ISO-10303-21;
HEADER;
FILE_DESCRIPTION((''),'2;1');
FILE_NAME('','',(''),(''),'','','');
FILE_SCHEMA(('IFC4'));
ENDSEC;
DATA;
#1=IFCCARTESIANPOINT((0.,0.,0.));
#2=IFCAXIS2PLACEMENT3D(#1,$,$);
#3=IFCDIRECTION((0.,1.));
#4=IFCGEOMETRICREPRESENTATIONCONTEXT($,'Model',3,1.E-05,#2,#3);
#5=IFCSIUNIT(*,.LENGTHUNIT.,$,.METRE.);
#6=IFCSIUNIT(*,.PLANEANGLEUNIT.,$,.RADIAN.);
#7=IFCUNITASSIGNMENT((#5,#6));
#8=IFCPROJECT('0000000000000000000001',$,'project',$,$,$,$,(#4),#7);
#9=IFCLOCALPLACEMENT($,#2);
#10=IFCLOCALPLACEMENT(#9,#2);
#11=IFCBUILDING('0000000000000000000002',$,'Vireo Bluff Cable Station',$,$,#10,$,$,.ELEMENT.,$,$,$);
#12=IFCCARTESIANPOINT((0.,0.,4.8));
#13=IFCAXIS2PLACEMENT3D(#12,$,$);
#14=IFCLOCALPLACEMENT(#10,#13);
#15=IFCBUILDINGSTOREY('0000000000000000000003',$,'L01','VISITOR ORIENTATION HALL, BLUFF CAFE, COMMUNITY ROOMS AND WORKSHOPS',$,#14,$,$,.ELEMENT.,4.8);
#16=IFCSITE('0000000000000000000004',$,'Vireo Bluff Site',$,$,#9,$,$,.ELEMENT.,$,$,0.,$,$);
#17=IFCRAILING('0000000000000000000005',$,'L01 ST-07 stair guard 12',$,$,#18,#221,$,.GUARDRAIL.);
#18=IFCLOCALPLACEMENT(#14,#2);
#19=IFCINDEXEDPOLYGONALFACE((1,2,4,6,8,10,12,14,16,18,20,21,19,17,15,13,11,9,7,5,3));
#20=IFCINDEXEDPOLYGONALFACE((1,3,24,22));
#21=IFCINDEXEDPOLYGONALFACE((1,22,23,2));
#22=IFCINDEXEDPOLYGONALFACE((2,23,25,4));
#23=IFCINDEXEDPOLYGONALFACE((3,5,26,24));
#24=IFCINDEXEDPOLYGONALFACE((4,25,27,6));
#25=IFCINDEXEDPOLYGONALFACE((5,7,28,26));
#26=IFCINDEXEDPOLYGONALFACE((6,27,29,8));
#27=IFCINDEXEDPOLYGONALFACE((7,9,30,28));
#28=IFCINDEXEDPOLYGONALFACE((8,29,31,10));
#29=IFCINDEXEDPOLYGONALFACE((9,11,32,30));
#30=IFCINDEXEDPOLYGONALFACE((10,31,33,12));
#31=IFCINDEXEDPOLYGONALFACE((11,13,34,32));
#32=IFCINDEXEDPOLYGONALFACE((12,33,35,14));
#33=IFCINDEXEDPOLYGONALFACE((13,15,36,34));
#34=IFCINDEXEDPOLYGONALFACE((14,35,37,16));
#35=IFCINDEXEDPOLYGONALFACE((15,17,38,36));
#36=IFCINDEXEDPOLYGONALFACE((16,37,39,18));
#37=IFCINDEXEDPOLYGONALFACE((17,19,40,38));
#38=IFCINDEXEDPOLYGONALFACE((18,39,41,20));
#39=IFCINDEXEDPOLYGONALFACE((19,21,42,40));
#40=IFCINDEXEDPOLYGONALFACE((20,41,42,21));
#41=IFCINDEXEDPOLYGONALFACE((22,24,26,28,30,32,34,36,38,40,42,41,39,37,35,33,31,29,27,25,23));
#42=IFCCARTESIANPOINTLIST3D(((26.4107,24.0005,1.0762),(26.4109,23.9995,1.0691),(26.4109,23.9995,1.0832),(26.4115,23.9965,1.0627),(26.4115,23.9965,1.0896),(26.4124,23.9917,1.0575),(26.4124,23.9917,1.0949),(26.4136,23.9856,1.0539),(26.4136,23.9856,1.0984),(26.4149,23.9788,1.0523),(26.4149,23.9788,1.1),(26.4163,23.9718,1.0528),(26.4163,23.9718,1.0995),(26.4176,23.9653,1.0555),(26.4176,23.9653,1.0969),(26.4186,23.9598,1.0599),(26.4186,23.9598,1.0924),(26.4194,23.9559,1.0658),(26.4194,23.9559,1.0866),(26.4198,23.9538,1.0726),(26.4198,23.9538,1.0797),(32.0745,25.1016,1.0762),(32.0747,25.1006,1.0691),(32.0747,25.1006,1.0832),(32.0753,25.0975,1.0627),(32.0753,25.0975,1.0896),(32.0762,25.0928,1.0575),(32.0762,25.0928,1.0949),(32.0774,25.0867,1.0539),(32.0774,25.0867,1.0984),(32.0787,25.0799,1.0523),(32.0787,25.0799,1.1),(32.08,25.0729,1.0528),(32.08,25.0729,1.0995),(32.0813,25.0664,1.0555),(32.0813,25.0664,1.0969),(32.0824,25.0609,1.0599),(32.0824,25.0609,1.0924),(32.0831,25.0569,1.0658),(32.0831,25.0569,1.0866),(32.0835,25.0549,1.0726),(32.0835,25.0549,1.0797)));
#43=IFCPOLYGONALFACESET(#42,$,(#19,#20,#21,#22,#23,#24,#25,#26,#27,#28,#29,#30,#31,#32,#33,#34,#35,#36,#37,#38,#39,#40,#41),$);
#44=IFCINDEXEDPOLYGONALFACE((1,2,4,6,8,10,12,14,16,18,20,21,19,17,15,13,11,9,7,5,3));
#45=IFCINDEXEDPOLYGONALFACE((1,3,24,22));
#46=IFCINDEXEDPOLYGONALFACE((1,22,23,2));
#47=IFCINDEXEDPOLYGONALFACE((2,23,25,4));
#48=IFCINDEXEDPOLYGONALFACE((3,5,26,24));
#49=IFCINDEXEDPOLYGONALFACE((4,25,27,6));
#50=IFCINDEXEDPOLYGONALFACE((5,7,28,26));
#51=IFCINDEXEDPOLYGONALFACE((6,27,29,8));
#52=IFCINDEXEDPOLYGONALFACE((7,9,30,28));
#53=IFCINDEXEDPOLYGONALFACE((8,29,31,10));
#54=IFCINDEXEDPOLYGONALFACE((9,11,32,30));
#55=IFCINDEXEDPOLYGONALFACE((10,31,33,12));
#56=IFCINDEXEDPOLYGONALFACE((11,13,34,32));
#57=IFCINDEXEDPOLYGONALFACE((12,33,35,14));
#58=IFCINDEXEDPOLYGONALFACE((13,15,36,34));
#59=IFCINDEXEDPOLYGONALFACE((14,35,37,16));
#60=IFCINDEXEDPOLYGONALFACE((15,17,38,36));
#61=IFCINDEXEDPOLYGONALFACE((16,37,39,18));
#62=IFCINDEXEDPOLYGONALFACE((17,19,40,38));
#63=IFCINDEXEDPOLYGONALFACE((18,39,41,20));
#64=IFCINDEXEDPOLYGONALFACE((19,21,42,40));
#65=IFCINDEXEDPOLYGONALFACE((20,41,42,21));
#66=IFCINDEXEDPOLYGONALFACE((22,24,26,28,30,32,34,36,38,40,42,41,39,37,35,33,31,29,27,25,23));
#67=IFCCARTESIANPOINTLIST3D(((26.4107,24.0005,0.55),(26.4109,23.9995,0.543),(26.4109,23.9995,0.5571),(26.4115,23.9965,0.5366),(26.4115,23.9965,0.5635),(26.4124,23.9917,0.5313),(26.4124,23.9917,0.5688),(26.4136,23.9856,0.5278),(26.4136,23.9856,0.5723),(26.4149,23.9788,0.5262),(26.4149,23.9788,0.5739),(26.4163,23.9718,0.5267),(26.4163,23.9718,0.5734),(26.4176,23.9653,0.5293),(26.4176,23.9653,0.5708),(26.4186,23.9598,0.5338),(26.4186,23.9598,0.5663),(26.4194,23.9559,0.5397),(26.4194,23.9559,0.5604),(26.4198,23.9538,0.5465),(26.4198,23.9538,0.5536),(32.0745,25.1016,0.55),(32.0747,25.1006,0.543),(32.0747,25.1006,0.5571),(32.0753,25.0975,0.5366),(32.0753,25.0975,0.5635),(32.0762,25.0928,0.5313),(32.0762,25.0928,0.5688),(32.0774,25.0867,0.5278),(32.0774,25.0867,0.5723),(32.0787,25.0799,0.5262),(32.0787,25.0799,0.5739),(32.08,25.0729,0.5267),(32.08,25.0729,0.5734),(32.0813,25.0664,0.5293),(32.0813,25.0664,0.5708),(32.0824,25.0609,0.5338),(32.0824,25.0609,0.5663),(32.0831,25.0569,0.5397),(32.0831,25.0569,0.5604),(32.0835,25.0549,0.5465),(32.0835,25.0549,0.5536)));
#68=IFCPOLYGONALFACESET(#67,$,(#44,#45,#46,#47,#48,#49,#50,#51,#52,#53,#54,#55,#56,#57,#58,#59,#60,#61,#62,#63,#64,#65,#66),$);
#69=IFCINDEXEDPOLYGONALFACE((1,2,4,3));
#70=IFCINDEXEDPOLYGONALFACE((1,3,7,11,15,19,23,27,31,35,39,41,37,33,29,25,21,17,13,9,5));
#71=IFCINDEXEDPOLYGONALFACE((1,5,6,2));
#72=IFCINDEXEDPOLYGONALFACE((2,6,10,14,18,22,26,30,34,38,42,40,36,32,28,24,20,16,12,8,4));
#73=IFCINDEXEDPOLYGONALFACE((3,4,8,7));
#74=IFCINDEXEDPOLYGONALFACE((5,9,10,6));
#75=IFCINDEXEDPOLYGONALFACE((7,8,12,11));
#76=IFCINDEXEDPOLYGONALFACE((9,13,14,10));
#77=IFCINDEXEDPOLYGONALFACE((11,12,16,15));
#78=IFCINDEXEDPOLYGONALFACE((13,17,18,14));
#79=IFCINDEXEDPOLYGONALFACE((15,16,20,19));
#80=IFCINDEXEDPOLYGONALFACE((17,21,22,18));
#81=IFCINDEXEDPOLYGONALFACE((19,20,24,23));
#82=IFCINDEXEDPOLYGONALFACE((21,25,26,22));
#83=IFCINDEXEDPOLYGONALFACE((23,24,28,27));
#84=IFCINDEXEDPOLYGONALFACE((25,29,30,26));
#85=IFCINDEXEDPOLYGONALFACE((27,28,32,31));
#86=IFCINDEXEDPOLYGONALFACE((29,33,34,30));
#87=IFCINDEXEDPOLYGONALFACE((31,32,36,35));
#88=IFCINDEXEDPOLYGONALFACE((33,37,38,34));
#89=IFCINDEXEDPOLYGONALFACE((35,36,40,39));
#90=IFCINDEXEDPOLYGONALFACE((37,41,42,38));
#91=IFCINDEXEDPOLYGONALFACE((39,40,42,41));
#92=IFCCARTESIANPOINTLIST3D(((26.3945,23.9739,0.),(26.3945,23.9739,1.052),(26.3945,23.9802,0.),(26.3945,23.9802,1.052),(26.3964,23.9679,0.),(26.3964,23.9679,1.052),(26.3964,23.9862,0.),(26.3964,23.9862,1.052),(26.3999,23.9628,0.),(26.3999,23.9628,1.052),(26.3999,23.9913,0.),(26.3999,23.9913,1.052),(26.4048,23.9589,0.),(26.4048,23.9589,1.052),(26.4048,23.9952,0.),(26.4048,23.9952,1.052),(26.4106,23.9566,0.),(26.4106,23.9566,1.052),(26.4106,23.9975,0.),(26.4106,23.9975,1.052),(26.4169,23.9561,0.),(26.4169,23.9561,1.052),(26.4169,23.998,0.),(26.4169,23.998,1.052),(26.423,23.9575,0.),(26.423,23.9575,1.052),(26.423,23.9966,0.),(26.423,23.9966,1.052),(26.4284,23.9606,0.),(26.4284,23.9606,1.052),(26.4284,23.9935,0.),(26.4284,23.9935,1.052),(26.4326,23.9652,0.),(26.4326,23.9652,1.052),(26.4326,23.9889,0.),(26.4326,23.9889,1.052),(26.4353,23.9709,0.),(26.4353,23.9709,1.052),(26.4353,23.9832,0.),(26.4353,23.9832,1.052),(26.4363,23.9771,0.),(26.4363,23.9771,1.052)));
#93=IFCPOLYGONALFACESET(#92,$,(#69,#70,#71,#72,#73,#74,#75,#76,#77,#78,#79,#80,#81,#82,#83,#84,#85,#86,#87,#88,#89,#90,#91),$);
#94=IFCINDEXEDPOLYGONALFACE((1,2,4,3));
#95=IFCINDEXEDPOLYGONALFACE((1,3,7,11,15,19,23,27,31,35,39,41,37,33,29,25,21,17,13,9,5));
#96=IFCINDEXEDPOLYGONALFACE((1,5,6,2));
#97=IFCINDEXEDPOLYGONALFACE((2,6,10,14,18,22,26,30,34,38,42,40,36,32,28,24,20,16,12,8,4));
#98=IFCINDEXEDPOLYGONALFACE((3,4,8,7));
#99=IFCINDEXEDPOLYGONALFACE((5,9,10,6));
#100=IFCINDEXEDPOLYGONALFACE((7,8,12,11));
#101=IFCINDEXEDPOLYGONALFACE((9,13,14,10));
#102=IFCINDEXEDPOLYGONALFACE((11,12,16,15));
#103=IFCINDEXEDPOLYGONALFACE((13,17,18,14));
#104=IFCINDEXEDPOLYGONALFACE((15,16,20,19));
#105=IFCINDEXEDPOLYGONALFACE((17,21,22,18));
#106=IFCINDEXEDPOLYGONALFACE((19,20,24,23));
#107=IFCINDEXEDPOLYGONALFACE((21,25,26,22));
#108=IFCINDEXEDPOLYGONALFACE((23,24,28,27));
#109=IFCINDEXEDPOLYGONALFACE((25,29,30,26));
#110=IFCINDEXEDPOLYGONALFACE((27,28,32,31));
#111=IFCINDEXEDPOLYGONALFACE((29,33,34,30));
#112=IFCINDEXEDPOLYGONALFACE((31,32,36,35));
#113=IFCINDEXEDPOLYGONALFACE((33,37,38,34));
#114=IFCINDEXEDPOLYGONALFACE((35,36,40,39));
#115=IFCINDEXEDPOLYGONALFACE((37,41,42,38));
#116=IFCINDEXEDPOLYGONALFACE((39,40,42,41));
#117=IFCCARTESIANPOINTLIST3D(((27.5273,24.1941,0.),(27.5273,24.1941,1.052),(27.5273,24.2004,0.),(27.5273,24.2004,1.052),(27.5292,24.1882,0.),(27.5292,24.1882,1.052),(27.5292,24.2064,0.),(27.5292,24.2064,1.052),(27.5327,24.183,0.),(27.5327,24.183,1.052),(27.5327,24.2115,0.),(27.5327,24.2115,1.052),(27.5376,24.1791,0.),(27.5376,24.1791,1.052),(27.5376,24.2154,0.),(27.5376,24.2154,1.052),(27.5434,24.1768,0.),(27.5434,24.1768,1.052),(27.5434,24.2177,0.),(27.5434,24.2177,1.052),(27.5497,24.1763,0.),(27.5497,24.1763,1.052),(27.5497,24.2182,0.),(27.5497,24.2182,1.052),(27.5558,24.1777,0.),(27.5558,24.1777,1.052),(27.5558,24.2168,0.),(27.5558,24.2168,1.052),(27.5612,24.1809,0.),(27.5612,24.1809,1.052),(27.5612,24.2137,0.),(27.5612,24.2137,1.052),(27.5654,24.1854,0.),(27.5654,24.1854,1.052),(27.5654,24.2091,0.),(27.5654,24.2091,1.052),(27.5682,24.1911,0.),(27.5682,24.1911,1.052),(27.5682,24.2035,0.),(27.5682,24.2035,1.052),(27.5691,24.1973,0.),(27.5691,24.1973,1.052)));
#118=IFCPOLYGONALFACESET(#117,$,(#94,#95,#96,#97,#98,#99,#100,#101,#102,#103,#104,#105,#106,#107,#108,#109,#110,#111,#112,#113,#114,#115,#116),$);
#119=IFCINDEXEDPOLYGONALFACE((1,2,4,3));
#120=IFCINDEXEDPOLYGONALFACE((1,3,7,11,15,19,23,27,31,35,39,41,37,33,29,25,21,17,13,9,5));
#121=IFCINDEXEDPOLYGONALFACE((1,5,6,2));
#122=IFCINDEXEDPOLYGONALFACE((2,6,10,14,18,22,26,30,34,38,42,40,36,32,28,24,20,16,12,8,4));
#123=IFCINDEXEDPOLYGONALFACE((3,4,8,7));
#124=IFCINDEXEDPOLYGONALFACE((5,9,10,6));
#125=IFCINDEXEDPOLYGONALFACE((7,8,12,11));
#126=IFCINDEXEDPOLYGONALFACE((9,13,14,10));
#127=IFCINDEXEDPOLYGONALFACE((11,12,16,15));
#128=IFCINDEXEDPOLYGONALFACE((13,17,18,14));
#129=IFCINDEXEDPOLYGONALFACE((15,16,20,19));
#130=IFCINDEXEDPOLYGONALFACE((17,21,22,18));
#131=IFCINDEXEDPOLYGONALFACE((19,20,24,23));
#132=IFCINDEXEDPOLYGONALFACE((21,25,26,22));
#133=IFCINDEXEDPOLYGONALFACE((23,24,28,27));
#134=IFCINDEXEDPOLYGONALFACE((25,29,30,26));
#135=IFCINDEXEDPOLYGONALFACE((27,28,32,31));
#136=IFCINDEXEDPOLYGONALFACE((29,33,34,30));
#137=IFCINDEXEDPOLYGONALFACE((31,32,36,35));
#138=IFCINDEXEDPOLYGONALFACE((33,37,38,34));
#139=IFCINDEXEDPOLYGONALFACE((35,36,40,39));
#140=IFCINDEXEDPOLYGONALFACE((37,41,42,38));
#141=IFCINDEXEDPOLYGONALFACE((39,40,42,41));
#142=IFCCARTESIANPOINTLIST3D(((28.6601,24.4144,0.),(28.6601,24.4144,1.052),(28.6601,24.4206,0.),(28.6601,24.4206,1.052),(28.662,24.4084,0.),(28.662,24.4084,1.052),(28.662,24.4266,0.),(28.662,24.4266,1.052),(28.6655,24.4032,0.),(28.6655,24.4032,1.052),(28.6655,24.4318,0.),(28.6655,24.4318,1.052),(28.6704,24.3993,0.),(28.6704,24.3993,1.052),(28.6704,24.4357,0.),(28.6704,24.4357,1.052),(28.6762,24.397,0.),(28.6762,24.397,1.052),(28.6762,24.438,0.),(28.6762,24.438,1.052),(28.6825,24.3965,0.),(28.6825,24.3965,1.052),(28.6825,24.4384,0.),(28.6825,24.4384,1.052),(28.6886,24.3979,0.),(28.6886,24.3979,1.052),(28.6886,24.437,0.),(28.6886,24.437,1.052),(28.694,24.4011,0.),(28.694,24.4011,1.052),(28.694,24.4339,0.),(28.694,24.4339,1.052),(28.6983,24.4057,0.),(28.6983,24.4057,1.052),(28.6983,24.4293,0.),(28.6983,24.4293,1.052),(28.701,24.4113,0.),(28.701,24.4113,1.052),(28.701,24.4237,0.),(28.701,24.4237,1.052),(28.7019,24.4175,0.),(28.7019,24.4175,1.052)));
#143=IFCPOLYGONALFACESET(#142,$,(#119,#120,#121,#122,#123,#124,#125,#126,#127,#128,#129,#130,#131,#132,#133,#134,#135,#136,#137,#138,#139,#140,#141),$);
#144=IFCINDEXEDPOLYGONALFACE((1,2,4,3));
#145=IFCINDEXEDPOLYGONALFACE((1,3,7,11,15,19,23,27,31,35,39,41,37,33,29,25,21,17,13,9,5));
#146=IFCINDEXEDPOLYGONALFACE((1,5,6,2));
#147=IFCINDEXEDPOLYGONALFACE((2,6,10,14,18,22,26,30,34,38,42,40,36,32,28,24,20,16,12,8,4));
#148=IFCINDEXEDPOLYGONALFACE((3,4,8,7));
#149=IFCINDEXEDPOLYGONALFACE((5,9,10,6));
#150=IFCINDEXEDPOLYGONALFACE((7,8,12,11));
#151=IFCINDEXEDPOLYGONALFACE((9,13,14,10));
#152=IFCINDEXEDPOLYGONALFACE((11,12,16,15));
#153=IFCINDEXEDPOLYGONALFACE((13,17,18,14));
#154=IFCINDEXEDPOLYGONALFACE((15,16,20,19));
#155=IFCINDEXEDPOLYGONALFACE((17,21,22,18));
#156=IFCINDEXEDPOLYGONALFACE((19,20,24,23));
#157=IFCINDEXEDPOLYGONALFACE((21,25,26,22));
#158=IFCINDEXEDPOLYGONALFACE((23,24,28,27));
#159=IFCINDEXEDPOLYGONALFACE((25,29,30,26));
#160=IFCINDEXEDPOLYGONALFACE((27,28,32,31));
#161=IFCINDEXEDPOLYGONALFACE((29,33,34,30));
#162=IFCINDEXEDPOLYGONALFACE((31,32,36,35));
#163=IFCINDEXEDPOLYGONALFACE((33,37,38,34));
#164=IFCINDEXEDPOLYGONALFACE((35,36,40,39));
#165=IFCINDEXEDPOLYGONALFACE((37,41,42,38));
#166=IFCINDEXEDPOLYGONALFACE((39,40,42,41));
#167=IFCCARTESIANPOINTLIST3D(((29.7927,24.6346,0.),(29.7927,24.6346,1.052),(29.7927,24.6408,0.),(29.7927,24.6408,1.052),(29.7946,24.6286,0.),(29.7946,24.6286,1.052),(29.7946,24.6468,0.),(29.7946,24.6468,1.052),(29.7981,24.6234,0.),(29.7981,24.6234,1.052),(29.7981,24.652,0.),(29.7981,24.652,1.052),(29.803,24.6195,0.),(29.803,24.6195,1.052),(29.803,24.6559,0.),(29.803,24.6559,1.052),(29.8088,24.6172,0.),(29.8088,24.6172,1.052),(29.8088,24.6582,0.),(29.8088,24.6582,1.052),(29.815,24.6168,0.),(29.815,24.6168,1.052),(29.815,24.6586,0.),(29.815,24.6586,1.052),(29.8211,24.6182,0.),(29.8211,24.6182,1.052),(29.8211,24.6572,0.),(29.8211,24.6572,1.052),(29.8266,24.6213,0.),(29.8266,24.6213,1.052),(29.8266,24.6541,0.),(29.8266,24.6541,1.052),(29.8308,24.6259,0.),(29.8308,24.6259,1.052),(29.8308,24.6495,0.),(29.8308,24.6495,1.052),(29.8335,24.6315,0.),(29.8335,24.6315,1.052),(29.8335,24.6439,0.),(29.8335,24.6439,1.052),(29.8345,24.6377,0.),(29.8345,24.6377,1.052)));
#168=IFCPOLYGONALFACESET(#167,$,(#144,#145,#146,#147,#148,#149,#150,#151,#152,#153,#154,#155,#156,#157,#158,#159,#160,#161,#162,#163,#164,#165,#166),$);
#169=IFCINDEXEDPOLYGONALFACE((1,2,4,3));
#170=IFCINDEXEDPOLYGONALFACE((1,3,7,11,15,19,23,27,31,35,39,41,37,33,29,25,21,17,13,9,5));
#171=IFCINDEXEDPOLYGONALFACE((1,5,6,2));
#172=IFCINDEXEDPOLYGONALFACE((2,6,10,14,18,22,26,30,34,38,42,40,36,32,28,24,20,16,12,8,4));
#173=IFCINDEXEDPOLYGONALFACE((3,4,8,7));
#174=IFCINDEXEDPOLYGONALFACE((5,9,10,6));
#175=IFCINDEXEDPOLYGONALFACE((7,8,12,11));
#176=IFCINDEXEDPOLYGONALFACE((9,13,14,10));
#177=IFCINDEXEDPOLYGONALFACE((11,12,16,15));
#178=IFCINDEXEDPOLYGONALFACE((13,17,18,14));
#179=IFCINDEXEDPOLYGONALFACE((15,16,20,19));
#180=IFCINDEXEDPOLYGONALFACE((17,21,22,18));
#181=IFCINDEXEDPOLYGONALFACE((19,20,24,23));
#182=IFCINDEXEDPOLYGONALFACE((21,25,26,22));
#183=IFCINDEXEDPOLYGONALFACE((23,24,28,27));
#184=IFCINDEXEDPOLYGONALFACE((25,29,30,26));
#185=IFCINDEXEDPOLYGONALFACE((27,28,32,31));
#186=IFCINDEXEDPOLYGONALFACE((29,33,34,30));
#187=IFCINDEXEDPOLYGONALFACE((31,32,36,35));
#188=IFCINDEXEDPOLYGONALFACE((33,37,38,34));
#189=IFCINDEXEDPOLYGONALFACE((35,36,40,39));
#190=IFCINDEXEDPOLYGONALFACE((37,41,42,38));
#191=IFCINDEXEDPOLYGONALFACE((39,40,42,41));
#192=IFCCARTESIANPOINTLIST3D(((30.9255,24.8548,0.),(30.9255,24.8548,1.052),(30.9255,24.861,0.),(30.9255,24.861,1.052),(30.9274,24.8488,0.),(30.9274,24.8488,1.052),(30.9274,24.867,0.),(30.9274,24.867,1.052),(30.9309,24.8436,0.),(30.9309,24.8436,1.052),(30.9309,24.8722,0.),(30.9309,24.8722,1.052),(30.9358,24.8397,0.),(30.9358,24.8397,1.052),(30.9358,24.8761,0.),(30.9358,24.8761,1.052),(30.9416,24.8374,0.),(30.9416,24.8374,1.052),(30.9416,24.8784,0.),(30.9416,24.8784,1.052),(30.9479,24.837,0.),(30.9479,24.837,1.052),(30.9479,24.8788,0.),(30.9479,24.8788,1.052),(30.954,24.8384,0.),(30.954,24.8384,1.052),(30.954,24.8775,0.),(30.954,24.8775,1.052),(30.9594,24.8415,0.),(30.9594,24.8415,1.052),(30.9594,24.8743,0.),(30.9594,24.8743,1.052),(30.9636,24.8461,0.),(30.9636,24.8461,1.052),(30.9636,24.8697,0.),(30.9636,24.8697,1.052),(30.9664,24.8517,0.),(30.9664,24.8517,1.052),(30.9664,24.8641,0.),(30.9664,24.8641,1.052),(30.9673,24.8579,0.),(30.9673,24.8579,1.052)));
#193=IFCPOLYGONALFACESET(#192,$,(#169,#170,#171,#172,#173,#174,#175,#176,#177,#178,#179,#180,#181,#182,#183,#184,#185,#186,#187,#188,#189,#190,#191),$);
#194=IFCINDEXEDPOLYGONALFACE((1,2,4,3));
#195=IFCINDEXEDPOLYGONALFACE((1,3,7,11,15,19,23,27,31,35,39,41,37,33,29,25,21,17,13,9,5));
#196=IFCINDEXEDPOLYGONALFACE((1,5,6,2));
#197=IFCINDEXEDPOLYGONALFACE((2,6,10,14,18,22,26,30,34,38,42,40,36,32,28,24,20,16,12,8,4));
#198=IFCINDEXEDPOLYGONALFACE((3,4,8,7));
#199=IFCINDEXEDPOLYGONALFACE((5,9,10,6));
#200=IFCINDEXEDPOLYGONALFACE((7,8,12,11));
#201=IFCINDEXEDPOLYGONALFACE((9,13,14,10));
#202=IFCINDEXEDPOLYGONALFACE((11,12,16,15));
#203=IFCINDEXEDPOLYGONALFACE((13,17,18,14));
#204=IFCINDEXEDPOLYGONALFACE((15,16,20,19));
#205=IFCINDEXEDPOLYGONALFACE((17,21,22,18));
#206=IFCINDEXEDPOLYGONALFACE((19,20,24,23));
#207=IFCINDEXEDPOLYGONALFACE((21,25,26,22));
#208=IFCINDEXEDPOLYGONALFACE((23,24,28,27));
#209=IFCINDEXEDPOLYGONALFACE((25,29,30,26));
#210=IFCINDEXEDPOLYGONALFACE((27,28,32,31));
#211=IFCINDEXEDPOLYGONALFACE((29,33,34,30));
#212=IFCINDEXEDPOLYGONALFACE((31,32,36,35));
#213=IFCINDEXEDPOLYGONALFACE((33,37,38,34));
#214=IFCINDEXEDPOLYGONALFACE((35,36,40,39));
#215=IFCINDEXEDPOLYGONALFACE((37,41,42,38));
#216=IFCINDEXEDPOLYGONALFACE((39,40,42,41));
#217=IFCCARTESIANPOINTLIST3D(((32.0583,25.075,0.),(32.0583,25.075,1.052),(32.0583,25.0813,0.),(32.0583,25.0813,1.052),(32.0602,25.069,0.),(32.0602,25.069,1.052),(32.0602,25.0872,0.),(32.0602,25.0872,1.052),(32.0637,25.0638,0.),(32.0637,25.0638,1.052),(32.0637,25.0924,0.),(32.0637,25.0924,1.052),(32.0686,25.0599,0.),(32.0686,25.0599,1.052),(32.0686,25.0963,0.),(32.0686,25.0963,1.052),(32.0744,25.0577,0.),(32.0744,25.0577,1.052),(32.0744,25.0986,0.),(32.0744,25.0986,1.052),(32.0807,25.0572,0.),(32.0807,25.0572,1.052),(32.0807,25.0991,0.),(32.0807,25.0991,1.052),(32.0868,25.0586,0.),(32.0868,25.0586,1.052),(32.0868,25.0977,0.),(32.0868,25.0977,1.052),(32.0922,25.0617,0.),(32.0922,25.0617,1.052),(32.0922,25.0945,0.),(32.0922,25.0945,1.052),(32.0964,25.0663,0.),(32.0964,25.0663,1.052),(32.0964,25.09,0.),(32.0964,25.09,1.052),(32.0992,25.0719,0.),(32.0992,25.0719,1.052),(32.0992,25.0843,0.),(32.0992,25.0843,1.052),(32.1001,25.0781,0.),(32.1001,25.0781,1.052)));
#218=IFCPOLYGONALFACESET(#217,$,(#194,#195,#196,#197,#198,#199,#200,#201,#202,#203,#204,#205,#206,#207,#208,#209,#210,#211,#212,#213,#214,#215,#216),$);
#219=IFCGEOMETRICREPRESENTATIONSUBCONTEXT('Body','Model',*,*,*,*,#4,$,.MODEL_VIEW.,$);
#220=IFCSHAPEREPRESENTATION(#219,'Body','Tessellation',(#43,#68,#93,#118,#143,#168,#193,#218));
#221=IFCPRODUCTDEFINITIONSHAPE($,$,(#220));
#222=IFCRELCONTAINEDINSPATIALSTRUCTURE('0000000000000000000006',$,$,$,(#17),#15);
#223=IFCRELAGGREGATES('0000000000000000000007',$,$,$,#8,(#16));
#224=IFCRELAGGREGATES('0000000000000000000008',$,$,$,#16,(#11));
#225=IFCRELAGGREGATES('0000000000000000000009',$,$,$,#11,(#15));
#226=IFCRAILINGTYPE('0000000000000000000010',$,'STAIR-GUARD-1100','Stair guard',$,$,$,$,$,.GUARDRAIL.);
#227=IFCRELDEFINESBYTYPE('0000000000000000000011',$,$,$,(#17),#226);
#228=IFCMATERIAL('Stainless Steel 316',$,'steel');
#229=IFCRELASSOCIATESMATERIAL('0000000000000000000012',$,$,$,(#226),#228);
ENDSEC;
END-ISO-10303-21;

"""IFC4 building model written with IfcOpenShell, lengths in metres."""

from ifc_helpers import new_model, si_unit, direction, frame, origin, origin_2d, place, context, subcontext, project, spatial, circle, extrude, material, type_object, element, save


model = new_model("IFC4")

# Units and contexts
model_context = context("Model", 3, precision=1e-05, world=origin(), true_north=direction((0.0, 1.0)))
body_context = subcontext(model_context, "Body", "Model", "MODEL_VIEW")
ifc_project = project(units=[si_unit("LENGTHUNIT", "METRE"), si_unit("PLANEANGLEUNIT", "RADIAN")], contexts=[model_context])

# Site, building, storey
site_placement = place(None, origin())
site = spatial("IfcSite", under=ifc_project, at=site_placement, Name="Vireo Bluff Site", CompositionType="ELEMENT", RefElevation=0.0)
building_placement = place(site_placement, origin())
building = spatial("IfcBuilding", under=site, at=building_placement, Name="Vireo Bluff Cable Station", CompositionType="ELEMENT")
storey_placement = place(building_placement, frame((0.0, 0.0, 4.8)))
storey = spatial("IfcBuildingStorey", under=building, at=storey_placement, Name="L01", Description="VISITOR ORIENTATION HALL, BLUFF CAFE, COMMUNITY ROOMS AND WORKSHOPS", CompositionType="ELEMENT", Elevation=4.8)

# Railing
ifc_material_1 = material(Name="Stainless Steel 316", Category="steel")
railing_type_1 = type_object("IfcRailingType", Name="STAIR-GUARD-1100", Description="Stair guard", PredefinedType="GUARDRAIL", material=ifc_material_1)
railing_1_placement = place(storey_placement, frame((26.4153, 23.9771, 0.0)))
element("IfcRailing", 1, at=railing_1_placement, inside=storey, type_object=railing_type_1, Name="L01 ST-07 stair guard 12", PredefinedType="GUARDRAIL", context=body_context, shape_type="SweptSolid", body=[
    extrude(circle(Radius=0.0239, at=origin_2d()), frame((0.0, 0.0, 1.0762), z_axis=(0.981623, 0.190832, 0.0), x_axis=(-0.190832, 0.981623, 0.0)), (0.0, 0.0, 1.0), 5.7698),
    extrude(circle(Radius=0.0239, at=origin_2d()), frame((0.0, 0.0, 0.55), z_axis=(0.981623, 0.190832, 0.0), x_axis=(-0.190832, 0.981623, 0.0)), (0.0, 0.0, 1.0), 5.7698),
    extrude(circle(Radius=0.021, at=origin_2d()), origin(), (0.0, 0.0, 1.0), 1.052),
    extrude(circle(Radius=0.021, at=origin_2d()), frame((1.1328, 0.2202, 0.0)), (0.0, 0.0, 1.0), 1.052),
    extrude(circle(Radius=0.021, at=origin_2d()), frame((2.2656, 0.4404, 0.0)), (0.0, 0.0, 1.0), 1.052),
    extrude(circle(Radius=0.021, at=origin_2d()), frame((3.3982, 0.6606, 0.0)), (0.0, 0.0, 1.0), 1.052),
    extrude(circle(Radius=0.021, at=origin_2d()), frame((4.531, 0.8809, 0.0)), (0.0, 0.0, 1.0), 1.052),
    extrude(circle(Radius=0.021, at=origin_2d()), frame((5.6638, 1.1011, 0.0)), (0.0, 0.0, 1.0), 1.052),
])

save(model, "model.ifc")
